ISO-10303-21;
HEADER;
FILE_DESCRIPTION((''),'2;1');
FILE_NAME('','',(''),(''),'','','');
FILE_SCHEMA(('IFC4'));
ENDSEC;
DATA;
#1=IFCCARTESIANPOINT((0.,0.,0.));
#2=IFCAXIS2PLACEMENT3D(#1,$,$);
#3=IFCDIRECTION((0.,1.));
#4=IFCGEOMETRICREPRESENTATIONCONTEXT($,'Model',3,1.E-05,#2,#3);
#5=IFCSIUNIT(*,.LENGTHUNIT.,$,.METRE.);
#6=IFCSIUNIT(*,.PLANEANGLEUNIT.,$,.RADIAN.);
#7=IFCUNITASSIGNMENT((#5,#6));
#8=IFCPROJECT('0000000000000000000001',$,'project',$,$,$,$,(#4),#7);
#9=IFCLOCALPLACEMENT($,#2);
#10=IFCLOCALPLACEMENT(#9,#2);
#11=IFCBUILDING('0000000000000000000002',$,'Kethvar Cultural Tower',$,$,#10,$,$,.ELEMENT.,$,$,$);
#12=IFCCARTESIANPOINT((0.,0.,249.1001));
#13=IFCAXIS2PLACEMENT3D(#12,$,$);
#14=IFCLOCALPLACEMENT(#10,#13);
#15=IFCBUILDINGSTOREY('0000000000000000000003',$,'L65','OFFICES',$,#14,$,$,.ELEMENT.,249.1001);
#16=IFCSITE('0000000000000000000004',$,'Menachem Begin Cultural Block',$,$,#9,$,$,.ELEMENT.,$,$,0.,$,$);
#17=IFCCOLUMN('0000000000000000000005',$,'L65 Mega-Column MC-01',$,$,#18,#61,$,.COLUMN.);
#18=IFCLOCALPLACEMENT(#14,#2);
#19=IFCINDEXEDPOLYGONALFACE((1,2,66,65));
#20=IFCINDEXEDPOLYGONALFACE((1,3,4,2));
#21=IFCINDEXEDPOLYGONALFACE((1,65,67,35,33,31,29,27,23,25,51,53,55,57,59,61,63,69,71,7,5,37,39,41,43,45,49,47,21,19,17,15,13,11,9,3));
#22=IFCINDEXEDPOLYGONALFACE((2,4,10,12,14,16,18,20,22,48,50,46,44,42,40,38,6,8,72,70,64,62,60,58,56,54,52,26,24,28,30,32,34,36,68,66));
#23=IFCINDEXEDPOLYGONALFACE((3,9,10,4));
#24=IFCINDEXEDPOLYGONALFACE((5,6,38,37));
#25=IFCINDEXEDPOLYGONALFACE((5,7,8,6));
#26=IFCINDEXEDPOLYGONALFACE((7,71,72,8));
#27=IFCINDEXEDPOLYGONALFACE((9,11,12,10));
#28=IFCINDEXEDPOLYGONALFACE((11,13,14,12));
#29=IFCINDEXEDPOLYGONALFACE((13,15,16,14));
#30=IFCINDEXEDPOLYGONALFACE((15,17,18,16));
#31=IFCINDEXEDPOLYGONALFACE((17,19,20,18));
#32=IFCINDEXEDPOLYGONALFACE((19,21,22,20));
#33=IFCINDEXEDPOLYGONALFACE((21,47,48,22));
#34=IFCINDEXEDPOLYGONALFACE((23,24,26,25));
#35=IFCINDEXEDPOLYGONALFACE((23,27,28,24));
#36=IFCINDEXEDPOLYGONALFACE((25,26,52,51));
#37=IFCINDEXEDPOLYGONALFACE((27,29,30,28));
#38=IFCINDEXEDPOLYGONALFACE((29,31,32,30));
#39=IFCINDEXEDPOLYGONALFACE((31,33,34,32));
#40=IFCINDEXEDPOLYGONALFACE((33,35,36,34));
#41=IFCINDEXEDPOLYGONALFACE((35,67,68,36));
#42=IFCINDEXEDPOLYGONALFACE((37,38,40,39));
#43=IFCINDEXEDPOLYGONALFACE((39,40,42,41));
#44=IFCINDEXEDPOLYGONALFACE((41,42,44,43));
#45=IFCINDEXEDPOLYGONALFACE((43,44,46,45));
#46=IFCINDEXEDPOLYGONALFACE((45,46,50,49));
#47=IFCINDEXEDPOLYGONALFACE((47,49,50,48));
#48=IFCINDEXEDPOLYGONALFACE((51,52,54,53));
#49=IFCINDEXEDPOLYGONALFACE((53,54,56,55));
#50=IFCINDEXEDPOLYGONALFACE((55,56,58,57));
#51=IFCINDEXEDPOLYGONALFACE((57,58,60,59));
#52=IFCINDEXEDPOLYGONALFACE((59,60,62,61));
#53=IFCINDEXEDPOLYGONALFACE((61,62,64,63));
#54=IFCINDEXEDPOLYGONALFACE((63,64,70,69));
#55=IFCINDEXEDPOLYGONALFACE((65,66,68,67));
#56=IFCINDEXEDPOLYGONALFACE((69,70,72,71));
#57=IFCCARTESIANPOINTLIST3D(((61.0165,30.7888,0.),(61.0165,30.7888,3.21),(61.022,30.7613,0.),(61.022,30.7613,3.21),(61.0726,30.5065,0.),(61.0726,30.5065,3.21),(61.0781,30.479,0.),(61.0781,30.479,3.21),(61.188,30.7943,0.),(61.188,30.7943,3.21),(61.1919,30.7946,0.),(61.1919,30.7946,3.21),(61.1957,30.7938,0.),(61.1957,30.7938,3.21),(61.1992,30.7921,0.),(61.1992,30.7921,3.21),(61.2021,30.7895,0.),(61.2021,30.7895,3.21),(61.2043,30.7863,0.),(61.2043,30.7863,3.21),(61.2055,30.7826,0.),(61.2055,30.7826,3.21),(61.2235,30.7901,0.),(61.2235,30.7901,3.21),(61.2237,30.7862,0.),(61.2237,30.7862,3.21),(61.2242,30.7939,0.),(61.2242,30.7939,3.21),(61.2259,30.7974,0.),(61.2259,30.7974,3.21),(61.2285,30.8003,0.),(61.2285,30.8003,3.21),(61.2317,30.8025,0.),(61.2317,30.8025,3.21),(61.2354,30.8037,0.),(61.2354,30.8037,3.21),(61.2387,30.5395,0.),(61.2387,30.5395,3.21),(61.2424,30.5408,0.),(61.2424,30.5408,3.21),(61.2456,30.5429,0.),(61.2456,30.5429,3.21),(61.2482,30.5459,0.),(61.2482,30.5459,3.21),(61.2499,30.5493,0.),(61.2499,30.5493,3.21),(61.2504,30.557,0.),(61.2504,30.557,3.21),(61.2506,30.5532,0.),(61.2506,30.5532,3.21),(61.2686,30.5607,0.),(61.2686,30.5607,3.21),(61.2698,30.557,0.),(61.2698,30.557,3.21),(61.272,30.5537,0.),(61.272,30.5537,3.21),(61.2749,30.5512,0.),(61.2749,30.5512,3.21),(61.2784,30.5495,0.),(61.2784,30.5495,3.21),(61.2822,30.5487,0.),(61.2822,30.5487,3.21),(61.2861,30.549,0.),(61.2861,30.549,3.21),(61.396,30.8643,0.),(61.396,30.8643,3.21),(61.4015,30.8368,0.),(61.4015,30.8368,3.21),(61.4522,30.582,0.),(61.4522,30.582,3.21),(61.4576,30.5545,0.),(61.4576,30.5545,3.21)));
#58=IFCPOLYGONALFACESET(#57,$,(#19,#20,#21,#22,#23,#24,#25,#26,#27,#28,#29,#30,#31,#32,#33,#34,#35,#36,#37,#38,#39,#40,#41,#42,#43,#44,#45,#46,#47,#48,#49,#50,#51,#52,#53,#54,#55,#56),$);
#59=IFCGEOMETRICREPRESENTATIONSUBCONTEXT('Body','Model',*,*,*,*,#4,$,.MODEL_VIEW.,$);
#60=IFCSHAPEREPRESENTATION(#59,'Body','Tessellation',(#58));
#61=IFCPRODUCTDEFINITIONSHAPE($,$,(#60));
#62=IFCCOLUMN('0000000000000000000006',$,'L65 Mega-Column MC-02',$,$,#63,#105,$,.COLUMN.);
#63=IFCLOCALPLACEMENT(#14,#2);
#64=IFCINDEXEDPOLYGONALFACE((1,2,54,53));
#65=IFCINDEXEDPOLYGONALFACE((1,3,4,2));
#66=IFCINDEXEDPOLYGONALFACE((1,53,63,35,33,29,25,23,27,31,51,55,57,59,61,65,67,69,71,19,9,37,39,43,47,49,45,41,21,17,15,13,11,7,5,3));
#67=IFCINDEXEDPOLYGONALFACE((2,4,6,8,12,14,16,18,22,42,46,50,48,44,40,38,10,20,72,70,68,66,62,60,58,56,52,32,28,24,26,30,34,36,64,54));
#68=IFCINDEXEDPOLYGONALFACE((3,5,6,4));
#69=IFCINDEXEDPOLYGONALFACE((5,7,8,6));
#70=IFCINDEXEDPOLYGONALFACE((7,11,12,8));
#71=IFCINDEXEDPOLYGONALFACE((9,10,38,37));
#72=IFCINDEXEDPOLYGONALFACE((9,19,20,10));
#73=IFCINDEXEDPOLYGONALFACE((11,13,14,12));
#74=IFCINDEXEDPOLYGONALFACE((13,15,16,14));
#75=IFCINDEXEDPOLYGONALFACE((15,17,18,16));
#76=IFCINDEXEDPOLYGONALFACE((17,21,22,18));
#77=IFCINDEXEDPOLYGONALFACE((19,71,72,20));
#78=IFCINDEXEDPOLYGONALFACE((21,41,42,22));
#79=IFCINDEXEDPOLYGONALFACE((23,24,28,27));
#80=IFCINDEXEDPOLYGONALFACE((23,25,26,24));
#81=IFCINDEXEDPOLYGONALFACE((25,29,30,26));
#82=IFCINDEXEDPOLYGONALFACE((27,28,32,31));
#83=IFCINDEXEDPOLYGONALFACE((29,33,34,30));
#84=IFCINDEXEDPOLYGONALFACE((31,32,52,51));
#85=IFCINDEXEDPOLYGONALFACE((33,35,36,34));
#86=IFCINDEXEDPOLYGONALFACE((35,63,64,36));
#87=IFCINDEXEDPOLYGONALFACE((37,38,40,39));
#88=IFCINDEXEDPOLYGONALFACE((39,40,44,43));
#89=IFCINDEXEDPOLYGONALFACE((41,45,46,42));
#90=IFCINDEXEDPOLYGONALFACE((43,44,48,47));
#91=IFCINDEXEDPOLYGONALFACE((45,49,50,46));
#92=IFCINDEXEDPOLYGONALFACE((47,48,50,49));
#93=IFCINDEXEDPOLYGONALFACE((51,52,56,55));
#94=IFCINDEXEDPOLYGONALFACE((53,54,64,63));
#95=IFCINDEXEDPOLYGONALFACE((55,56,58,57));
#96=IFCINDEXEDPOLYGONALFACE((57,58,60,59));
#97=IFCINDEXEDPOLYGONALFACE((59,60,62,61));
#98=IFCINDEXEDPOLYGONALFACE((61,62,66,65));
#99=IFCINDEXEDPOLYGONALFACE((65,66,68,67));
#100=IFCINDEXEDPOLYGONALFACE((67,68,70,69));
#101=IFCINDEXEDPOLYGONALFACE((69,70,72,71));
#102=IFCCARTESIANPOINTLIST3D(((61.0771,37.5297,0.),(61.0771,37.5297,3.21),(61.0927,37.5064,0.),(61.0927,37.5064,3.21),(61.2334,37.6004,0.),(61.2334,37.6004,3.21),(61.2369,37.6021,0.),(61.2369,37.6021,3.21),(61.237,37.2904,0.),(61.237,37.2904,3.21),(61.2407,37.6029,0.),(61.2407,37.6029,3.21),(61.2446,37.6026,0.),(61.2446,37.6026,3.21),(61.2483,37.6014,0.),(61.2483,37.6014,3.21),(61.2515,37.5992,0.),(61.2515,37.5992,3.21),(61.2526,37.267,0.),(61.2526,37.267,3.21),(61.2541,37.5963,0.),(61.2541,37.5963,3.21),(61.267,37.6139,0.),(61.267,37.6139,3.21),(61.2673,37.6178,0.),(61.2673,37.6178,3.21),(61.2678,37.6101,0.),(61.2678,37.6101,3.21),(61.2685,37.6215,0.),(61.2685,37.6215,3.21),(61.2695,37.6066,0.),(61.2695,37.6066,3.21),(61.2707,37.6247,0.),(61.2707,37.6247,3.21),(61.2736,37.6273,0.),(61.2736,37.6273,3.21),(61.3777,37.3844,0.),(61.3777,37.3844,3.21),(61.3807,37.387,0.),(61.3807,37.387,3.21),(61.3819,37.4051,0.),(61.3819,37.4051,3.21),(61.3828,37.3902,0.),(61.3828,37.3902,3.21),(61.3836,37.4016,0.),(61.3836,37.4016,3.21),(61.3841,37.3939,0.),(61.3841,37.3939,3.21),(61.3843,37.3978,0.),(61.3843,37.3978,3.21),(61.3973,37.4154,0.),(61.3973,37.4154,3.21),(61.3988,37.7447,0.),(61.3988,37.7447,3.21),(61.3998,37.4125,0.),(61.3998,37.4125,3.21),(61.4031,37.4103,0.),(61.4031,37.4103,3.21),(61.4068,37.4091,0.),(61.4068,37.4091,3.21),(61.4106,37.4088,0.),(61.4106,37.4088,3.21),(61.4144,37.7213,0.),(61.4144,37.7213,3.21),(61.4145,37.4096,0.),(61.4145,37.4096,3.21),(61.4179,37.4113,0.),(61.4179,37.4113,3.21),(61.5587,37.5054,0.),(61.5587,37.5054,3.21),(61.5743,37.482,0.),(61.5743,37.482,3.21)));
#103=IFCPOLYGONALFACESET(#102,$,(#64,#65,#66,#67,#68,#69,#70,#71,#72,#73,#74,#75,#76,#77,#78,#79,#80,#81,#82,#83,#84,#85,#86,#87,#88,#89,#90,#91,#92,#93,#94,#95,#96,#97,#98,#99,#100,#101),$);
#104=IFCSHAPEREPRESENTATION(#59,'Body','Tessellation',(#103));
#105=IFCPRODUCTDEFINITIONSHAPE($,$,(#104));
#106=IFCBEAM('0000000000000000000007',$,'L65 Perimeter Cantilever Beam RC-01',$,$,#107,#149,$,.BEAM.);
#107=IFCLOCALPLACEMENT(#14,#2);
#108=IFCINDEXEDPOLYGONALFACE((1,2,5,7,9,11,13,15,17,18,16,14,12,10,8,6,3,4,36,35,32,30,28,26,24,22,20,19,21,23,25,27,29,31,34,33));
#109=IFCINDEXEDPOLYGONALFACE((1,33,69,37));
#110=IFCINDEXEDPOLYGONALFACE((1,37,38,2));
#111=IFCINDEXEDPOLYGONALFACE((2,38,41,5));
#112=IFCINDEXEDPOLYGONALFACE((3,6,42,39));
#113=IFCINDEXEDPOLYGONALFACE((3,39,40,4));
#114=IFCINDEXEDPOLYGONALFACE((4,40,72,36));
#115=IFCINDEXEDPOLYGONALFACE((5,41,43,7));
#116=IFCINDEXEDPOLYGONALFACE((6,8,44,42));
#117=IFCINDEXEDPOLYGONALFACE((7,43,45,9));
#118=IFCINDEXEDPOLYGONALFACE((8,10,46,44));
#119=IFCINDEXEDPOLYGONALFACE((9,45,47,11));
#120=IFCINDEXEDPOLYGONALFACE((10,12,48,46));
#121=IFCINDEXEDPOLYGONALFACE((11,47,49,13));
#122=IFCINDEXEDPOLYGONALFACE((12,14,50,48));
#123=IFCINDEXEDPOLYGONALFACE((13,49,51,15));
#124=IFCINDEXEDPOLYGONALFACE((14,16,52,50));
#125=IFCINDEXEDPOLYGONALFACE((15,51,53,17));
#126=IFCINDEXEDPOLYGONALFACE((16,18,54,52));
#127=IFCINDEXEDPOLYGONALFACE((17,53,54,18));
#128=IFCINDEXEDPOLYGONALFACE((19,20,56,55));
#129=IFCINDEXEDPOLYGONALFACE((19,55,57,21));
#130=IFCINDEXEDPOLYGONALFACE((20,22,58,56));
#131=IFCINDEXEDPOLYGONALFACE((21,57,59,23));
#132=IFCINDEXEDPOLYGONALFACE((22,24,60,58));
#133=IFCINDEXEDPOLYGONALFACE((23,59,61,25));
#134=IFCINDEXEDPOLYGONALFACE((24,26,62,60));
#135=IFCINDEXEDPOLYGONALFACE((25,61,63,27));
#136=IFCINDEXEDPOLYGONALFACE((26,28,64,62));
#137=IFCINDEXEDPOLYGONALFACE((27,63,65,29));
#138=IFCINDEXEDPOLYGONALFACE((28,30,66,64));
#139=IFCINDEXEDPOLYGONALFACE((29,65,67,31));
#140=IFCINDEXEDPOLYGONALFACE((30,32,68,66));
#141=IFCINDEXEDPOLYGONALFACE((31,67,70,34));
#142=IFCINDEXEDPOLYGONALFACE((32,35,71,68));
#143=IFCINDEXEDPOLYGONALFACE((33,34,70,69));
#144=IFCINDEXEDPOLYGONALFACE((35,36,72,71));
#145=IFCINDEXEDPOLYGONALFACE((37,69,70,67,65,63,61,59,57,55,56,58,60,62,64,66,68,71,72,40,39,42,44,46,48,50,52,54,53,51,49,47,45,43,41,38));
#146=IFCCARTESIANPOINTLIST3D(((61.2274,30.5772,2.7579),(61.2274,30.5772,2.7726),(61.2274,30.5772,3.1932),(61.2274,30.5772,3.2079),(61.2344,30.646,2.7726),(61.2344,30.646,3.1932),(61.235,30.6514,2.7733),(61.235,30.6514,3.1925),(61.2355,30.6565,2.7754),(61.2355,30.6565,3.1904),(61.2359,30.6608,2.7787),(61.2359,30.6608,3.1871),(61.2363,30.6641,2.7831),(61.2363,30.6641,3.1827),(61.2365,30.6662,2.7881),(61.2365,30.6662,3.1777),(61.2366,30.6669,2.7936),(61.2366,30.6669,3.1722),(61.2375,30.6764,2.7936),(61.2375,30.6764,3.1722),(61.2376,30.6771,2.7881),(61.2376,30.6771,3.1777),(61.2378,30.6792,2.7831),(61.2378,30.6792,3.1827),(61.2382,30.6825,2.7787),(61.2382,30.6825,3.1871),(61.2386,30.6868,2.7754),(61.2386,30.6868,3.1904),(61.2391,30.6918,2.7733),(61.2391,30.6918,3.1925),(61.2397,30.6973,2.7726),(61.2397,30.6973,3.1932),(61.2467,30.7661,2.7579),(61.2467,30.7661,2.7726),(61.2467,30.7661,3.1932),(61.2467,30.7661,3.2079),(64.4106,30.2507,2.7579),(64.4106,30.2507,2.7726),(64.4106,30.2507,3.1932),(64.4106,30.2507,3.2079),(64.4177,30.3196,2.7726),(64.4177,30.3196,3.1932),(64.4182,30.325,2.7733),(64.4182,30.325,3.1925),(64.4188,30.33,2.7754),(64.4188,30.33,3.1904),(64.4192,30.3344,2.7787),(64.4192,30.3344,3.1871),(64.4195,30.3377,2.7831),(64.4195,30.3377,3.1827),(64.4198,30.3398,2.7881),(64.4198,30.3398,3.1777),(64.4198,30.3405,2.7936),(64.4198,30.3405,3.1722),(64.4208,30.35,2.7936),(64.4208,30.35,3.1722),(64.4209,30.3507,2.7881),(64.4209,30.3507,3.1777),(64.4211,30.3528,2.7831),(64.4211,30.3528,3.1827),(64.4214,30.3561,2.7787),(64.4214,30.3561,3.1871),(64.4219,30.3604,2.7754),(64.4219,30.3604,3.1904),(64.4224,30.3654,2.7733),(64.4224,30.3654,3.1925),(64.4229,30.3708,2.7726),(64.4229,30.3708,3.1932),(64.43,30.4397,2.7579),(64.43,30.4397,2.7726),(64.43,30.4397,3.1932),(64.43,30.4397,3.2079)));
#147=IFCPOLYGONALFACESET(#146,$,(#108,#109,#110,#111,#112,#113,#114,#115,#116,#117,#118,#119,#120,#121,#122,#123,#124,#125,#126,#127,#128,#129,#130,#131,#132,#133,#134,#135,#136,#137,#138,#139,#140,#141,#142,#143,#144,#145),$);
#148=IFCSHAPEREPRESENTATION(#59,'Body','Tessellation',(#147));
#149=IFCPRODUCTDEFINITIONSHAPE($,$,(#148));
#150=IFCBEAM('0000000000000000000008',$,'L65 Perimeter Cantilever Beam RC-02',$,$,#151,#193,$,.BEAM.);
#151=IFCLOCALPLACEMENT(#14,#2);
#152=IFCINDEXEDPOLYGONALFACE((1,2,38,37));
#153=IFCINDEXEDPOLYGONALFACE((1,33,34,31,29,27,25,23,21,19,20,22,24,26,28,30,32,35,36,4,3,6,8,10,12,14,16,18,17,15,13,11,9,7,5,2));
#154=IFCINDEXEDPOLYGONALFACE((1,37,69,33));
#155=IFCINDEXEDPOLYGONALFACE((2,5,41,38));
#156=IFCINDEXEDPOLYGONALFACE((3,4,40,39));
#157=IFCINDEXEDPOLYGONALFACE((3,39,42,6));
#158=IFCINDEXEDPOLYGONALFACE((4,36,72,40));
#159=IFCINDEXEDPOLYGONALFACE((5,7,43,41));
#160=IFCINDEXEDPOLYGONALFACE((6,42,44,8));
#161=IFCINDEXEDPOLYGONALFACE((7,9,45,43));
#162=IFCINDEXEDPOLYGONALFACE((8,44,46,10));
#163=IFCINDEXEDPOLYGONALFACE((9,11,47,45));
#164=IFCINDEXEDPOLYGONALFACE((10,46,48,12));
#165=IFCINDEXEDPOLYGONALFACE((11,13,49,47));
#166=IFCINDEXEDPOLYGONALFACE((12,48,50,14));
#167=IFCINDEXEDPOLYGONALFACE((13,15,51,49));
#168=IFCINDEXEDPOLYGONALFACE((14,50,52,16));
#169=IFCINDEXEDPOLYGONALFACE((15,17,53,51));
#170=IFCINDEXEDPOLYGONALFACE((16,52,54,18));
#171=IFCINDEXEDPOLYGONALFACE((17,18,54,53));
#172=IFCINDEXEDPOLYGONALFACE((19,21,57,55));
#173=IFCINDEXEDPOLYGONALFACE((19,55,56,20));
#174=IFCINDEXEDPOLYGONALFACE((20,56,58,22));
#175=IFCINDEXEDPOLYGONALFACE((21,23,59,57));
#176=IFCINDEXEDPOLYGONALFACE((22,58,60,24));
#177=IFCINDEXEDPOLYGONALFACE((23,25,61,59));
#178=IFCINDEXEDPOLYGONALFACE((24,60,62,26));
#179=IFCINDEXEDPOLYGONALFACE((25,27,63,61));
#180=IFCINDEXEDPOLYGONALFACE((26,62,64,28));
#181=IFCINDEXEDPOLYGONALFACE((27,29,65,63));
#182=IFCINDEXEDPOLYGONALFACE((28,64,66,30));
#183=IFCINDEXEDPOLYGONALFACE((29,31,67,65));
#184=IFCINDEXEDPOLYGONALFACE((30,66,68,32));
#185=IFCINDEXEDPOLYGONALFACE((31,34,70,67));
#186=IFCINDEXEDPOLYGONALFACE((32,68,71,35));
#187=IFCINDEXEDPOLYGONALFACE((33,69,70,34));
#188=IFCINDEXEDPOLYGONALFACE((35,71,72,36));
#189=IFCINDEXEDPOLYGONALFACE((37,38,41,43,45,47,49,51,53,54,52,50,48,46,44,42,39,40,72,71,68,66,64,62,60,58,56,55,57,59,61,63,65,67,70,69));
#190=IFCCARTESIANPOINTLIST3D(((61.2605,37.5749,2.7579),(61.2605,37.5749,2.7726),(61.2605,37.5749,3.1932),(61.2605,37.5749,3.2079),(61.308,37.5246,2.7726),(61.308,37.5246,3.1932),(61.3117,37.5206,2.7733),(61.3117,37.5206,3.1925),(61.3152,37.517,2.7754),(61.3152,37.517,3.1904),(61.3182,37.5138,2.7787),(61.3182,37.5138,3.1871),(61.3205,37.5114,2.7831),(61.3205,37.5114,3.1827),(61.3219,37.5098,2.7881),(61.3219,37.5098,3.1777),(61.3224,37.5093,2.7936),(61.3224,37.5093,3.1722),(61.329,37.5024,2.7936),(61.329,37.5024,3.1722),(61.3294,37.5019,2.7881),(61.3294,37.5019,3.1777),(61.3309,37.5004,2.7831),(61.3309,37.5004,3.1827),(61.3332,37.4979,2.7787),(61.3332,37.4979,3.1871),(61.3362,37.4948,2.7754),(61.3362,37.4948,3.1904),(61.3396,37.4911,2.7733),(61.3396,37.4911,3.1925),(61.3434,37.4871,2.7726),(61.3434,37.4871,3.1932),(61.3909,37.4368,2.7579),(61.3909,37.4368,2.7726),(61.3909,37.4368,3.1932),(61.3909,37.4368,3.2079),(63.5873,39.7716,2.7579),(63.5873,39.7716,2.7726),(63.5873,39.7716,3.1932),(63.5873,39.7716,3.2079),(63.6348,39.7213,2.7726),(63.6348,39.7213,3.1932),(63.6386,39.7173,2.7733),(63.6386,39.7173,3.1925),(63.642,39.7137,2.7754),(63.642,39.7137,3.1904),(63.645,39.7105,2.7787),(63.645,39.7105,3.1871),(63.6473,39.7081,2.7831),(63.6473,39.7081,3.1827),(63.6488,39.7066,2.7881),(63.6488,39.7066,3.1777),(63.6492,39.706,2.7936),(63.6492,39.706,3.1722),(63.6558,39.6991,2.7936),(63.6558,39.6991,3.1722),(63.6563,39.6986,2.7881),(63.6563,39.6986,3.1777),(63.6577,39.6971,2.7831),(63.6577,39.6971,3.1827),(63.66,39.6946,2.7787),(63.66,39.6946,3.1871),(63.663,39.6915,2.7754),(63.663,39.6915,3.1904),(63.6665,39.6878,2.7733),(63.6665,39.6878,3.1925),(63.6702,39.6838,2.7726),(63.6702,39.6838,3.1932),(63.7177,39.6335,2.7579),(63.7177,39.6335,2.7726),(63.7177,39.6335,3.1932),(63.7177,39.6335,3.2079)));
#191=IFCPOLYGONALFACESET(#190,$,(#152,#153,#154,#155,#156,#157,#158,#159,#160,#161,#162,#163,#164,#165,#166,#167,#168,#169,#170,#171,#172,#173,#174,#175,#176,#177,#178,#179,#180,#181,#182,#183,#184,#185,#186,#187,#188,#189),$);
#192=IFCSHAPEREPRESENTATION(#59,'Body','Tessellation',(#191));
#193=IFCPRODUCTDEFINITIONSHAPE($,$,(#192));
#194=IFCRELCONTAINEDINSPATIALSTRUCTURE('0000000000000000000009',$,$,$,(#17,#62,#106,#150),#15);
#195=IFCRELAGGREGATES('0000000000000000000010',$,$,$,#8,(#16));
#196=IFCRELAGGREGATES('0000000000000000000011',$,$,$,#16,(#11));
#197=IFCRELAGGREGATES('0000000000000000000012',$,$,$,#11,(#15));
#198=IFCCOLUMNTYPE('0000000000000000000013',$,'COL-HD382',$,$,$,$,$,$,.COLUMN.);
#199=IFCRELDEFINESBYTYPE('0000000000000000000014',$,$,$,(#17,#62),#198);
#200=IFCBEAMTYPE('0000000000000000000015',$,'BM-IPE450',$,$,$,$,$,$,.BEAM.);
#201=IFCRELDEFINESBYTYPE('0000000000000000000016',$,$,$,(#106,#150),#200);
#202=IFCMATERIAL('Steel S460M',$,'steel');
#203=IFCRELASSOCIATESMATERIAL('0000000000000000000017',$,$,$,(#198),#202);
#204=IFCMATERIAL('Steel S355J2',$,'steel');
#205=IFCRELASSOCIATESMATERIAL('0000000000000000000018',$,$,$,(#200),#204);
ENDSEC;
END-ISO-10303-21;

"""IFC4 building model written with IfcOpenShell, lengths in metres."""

from ifc_helpers import new_model, si_unit, direction, frame, origin, origin_2d, place, context, subcontext, project, spatial, i_section, extrude, source, transform, mapped, material, material_profile, profile_set, type_object, element, save


model = new_model("IFC4")

# Units and contexts
model_context = context("Model", 3, precision=1e-05, world=origin(), true_north=direction((0.0, 1.0)))
body_context = subcontext(model_context, "Body", "Model", "MODEL_VIEW")
ifc_project = project(units=[si_unit("LENGTHUNIT", "METRE"), si_unit("PLANEANGLEUNIT", "RADIAN")], contexts=[model_context])

# Site, building, storey
site_placement = place(None, origin())
site = spatial("IfcSite", under=ifc_project, at=site_placement, Name="Menachem Begin Cultural Block", CompositionType="ELEMENT", RefElevation=0.0)
building_placement = place(site_placement, origin())
building = spatial("IfcBuilding", under=site, at=building_placement, Name="Kethvar Cultural Tower", CompositionType="ELEMENT")
storey_placement = place(building_placement, frame((0.0, 0.0, 249.1001)))
storey = spatial("IfcBuildingStorey", under=building, at=storey_placement, Name="L65", Description="OFFICES", CompositionType="ELEMENT", Elevation=249.1001)

# Columns
ifc_material_1 = material(Name="Steel S460M", Category="steel")
ifc_material_profile_1 = material_profile(ifc_material_1, i_section(OverallWidth=0.387, OverallDepth=0.3159, WebThickness=0.0186, FlangeThickness=0.0281, FilletRadius=0.0149, at=origin_2d()), Name="Steel S460M — HD400x382")
ifc_profile_set_1 = profile_set([ifc_material_profile_1], Name="Steel S460M — HD400x382")
column_type = type_object("IfcColumnType", Name="COL-HD382", PredefinedType="COLUMN", material=ifc_profile_set_1)
shared_shape_1 = source(origin(), body_context, "Body", "SweptSolid", [
    extrude(i_section(OverallWidth=0.387, OverallDepth=0.3159, WebThickness=0.0186, FlangeThickness=0.0281, FilletRadius=0.0149, at=origin_2d()), origin(), (0.0, 0.0, 1.0), 3.21),
])
for number, where, z_axis, x_axis, name in (
    (1, (61.2371, 30.6716, 0.0), (0.0, 0.0, 1.0), (0.980785, 0.19509, 0.0), "L65 Mega-Column MC-01"),
    (2, (61.3257, 37.5059, 0.0), (0.0, 0.0, 1.0), (0.83147, 0.55557, 0.0), "L65 Mega-Column MC-02"),
):
    element("IfcColumn", number, at=place(storey_placement, frame(where, z_axis=z_axis, x_axis=x_axis)), inside=storey, type_object=column_type, Name=name, PredefinedType="COLUMN", context=body_context, shape_type="MappedRepresentation", body=[
        mapped(shared_shape_1, transform((0.0, 0.0, 0.0), scale=1.0)),
    ])

# Beams
ifc_material_2 = material(Name="Steel S355J2", Category="steel")
ifc_material_profile_2 = material_profile(ifc_material_2, i_section(OverallWidth=0.1899, OverallDepth=0.45, WebThickness=0.0095, FlangeThickness=0.0146, FilletRadius=0.021, at=origin_2d()), Name="Steel S355J2 — IPE450")
ifc_profile_set_2 = profile_set([ifc_material_profile_2], Name="Steel S355J2 — IPE450")
beam_type_1 = type_object("IfcBeamType", Name="BM-IPE450", PredefinedType="BEAM", material=ifc_profile_set_2)
shared_shape_2 = source(origin(), body_context, "Body", "SweptSolid", [
    extrude(i_section(OverallWidth=0.1899, OverallDepth=0.45, WebThickness=0.0095, FlangeThickness=0.0146, FilletRadius=0.021, at=origin_2d()), origin(), (0.0, 0.0, 1.0), 3.2),
])
for number, where, z_axis, x_axis, name in (
    (3, (61.2371, 30.6716, 2.9829), (0.994784, -0.102004, 0.0), (0.102004, 0.994784, 0.0), "L65 Perimeter Cantilever Beam RC-01"),
    (4, (61.3257, 37.5059, 2.9829), (0.727146, 0.686482, 0.0), (-0.686482, 0.727146, 0.0), "L65 Perimeter Cantilever Beam RC-02"),
):
    element("IfcBeam", number, at=place(storey_placement, frame(where, z_axis=z_axis, x_axis=x_axis)), inside=storey, type_object=beam_type_1, Name=name, PredefinedType="BEAM", context=body_context, shape_type="MappedRepresentation", body=[
        mapped(shared_shape_2, transform((0.0, 0.0, 0.0), scale=1.0)),
    ])

save(model, "model.ifc")
